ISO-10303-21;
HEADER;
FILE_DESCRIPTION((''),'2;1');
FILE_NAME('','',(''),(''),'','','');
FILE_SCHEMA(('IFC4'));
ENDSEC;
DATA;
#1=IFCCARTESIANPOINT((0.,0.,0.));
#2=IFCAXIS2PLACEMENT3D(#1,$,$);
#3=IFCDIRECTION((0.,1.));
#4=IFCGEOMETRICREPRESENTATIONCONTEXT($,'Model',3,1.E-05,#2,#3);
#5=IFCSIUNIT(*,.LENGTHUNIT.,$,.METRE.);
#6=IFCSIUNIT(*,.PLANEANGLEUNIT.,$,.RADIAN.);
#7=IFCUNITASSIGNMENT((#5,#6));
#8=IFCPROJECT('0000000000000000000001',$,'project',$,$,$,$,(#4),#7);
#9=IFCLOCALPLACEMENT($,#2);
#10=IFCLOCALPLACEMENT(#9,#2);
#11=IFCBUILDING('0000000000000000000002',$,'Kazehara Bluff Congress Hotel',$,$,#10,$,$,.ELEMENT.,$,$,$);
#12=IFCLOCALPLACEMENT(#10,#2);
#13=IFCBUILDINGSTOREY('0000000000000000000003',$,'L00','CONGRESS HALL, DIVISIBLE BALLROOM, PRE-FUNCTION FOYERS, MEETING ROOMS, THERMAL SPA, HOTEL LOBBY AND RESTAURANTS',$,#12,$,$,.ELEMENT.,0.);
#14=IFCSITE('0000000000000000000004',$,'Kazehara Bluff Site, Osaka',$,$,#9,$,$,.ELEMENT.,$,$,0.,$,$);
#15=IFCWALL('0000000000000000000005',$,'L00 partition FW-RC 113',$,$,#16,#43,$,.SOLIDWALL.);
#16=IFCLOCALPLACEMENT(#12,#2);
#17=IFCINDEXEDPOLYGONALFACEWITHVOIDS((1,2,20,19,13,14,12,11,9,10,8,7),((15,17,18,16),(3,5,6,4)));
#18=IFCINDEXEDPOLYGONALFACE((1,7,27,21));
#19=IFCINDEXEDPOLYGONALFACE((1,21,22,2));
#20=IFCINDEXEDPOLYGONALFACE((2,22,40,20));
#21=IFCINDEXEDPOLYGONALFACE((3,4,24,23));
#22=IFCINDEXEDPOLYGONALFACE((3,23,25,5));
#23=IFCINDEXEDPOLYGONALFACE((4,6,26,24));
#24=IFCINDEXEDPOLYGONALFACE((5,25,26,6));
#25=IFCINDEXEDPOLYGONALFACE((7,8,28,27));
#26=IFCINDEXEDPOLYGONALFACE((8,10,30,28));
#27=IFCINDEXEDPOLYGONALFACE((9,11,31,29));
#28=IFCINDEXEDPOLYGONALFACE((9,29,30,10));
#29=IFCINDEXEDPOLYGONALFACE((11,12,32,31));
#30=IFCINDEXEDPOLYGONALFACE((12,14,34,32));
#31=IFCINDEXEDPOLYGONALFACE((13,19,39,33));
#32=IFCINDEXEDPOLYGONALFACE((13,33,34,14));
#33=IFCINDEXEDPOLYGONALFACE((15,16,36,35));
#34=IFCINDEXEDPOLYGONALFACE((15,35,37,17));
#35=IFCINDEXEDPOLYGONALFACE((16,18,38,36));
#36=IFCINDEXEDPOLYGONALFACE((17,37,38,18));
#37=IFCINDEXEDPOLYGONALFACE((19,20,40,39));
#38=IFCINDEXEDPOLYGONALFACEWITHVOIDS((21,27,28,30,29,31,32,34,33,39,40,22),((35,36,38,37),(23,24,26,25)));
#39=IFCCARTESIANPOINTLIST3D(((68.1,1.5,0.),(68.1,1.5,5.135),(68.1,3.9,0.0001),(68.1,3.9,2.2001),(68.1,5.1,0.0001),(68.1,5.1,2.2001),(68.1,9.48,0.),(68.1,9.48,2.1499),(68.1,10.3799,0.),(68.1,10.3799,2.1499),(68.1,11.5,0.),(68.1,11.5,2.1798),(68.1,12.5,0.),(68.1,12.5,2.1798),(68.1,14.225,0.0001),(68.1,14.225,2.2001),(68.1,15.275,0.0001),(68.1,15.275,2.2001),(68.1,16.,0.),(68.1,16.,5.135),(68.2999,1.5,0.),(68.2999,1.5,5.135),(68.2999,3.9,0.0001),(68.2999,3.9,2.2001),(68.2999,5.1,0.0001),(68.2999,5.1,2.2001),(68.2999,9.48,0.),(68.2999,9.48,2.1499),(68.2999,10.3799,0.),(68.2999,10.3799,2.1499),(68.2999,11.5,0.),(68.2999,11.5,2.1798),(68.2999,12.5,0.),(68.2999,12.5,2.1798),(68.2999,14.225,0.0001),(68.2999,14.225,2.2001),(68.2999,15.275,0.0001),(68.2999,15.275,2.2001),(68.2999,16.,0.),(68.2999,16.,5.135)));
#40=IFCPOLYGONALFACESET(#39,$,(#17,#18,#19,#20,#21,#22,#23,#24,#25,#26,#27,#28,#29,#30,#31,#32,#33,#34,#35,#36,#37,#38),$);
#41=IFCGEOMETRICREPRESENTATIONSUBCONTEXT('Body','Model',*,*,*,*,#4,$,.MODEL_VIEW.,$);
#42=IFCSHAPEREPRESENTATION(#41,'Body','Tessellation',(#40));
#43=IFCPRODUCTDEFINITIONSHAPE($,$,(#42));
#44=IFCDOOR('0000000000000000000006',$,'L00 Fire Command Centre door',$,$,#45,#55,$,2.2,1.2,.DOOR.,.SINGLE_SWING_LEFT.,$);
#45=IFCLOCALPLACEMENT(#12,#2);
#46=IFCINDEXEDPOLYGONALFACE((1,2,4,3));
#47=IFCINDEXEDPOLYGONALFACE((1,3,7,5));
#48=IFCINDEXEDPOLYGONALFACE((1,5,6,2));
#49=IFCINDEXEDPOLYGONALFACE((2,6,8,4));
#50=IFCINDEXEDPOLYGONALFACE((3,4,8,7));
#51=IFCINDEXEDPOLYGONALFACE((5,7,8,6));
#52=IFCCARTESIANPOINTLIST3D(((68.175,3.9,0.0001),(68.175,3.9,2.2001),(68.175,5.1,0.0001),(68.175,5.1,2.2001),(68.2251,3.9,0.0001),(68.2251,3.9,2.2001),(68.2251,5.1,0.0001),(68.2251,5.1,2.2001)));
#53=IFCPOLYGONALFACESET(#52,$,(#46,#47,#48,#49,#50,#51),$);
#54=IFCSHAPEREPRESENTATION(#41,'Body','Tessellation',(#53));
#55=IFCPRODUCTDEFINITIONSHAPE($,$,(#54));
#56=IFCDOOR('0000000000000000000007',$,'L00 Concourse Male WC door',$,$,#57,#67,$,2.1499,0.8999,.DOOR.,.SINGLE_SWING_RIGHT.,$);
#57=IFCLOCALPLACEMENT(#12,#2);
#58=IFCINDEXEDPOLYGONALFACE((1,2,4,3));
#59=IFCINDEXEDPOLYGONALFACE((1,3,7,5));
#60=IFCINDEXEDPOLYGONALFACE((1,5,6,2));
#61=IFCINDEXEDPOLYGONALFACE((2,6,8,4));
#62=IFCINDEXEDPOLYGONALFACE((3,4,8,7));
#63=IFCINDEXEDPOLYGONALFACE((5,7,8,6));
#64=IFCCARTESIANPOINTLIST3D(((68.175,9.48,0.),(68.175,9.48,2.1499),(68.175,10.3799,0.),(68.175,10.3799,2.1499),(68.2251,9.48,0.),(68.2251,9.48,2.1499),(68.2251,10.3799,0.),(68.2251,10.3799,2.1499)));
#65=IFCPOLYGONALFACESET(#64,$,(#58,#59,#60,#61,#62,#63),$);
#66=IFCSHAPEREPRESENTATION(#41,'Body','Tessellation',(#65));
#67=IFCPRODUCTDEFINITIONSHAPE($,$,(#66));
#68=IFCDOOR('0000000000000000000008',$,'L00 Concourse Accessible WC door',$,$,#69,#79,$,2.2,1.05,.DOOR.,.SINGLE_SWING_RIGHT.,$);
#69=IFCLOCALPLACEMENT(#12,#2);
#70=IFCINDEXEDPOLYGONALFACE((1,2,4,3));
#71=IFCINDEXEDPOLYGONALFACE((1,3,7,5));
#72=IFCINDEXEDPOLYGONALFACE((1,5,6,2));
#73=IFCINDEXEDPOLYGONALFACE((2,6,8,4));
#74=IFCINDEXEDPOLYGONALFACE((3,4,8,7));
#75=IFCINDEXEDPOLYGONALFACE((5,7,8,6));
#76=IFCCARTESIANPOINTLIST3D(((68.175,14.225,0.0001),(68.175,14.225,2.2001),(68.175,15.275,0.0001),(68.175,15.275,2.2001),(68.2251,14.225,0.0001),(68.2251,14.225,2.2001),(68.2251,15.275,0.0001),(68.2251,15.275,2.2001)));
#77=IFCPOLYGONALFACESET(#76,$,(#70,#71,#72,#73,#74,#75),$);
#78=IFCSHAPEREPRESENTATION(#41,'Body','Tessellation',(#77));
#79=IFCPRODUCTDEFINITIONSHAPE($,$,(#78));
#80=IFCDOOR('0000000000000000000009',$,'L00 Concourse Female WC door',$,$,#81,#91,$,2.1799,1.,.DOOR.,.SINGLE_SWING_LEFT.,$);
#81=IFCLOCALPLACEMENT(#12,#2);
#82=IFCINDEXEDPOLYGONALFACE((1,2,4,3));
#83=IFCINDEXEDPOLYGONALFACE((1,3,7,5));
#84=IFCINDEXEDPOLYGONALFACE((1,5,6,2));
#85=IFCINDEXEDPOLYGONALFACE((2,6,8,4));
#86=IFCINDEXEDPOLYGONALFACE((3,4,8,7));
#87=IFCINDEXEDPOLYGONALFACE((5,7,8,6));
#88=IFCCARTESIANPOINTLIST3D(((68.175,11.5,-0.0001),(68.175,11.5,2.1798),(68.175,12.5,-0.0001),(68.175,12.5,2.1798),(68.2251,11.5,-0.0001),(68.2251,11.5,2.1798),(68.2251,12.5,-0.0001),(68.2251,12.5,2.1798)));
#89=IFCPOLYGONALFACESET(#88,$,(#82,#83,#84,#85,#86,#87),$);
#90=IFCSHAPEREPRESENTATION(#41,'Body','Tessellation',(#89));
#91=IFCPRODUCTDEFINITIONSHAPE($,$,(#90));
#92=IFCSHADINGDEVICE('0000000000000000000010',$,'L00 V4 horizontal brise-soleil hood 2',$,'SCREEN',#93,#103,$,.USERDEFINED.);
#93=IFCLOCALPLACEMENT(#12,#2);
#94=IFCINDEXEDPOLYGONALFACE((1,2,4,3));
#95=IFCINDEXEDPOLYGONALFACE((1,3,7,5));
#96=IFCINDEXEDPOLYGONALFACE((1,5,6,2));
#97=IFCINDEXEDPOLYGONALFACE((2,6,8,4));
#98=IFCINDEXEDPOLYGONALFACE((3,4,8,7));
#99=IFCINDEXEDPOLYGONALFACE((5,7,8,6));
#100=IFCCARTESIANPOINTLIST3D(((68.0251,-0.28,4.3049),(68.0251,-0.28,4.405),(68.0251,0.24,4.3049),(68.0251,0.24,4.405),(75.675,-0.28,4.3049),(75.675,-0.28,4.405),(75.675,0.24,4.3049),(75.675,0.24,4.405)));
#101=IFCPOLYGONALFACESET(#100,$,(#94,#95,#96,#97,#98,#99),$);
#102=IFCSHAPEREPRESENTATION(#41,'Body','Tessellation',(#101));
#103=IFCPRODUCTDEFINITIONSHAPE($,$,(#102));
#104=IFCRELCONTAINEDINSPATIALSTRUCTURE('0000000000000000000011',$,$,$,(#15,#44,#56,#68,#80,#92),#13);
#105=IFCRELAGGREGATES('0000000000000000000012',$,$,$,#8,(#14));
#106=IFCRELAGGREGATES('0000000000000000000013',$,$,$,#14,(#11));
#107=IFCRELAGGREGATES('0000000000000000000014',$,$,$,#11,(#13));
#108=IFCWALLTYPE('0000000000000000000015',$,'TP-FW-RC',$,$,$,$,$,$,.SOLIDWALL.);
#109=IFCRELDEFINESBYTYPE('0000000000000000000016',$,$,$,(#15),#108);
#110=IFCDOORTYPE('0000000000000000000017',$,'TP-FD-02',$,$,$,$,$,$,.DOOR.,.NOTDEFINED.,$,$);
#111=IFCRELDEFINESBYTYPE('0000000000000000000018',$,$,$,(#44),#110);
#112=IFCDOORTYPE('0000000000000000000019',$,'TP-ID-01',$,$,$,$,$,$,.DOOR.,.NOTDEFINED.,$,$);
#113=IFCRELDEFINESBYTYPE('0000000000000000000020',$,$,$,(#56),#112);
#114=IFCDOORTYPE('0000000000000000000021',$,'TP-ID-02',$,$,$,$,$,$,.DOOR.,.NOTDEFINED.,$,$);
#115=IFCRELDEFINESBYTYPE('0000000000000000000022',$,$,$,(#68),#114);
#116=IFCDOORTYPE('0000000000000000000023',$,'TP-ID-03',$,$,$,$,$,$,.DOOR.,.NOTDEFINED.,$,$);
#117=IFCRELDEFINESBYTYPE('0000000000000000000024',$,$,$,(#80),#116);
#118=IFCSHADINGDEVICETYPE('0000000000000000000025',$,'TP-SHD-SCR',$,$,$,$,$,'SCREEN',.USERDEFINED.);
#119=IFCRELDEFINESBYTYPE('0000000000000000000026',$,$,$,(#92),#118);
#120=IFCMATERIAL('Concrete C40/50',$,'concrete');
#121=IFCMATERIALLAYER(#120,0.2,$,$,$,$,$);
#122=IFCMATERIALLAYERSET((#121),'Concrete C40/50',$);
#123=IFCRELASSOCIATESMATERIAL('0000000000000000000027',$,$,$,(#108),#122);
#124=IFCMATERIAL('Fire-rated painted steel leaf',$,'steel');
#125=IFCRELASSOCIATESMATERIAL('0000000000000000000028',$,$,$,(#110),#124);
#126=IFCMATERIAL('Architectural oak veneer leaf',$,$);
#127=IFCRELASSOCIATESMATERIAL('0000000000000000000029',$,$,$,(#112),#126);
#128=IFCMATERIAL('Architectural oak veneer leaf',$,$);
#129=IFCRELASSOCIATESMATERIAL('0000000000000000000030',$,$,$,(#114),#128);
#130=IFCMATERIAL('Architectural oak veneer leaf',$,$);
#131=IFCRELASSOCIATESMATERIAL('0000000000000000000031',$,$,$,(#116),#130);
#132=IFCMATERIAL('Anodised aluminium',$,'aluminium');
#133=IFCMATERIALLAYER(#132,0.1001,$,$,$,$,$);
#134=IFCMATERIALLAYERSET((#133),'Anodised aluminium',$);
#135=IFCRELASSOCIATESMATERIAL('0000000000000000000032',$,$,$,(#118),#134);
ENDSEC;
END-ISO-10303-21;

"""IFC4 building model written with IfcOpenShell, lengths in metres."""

from ifc_helpers import new_model, si_unit, direction, frame, frame_2d, origin, origin_2d, place, context, subcontext, project, spatial, rectangle, extrude, material, layer, layer_set, type_object, element, fill, save


model = new_model("IFC4")

# Units and contexts
model_context = context("Model", 3, precision=1e-05, world=origin(), true_north=direction((0.0, 1.0)))
body_context = subcontext(model_context, "Body", "Model", "MODEL_VIEW")
ifc_project = project(units=[si_unit("LENGTHUNIT", "METRE"), si_unit("PLANEANGLEUNIT", "RADIAN")], contexts=[model_context])

# Site, building, storey
site_placement = place(None, origin())
site = spatial("IfcSite", under=ifc_project, at=site_placement, Name="Kazehara Bluff Site, Osaka", CompositionType="ELEMENT", RefElevation=0.0)
building_placement = place(site_placement, origin())
building = spatial("IfcBuilding", under=site, at=building_placement, Name="Kazehara Bluff Congress Hotel", CompositionType="ELEMENT")
storey_placement = place(building_placement, origin())
storey = spatial("IfcBuildingStorey", under=building, at=storey_placement, Name="L00", Description="CONGRESS HALL, DIVISIBLE BALLROOM, PRE-FUNCTION FOYERS, MEETING ROOMS, THERMAL SPA, HOTEL LOBBY AND RESTAURANTS", CompositionType="ELEMENT", Elevation=0.0)

# Wall, openings, doors
ifc_material_1 = material(Name="Concrete C40/50", Category="concrete")
ifc_layer_1 = layer(ifc_material_1, 0.2)
ifc_layer_set_1 = layer_set([ifc_layer_1], Name="Concrete C40/50")
wall_type = type_object("IfcWallType", Name="TP-FW-RC", PredefinedType="SOLIDWALL", material=ifc_layer_set_1)
wall_placement = place(storey_placement, frame((68.2, 1.5, 0.0), z_axis=(0.0, 0.0, 1.0), x_axis=(0.0, 1.0, 0.0)))
wall = element("IfcWall", 1, at=wall_placement, inside=storey, type_object=wall_type, Name="L00 partition FW-RC 113", PredefinedType="SOLIDWALL", context=body_context, shape_type="SweptSolid", body=[
    extrude(rectangle(XDim=14.5, YDim=0.2, at=frame_2d((7.25, 0.0))), origin(), (0.0, 0.0, 1.0), 5.135),
])
opening_1_placement = place(wall_placement, frame((2.3999, 0.0, 0.0)))
opening_1 = element("IfcOpeningElement", 2, at=opening_1_placement, cuts=wall, PredefinedType="OPENING", context=body_context, shape_type="SweptSolid", body=[
    extrude(rectangle(XDim=1.2, YDim=2.2, at=frame_2d((0.6001, 1.1001))), frame((0.0, 0.1099, 0.0), z_axis=(0.0, -1.0, 0.0), x_axis=(1.0, 0.0, 0.0)), (0.0, 0.0, 1.0), 0.22),
])
opening_2_placement = place(wall_placement, frame((7.98, 0.0, 0.0)))
opening_2 = element("IfcOpeningElement", 3, at=opening_2_placement, cuts=wall, PredefinedType="OPENING", context=body_context, shape_type="SweptSolid", body=[
    extrude(rectangle(XDim=0.8999, YDim=2.1499, at=frame_2d((0.45, 1.075))), frame((0.0, 0.1099, 0.0), z_axis=(0.0, -1.0, 0.0), x_axis=(1.0, 0.0, 0.0)), (0.0, 0.0, 1.0), 0.22),
])
opening_3_placement = place(wall_placement, frame((10.0, 0.0, 0.0)))
opening_3 = element("IfcOpeningElement", 4, at=opening_3_placement, cuts=wall, PredefinedType="OPENING", context=body_context, shape_type="SweptSolid", body=[
    extrude(rectangle(XDim=1.0, YDim=2.1799, at=frame_2d((0.5, 1.0898))), frame((0.0, 0.1099, 0.0), z_axis=(0.0, -1.0, 0.0), x_axis=(1.0, 0.0, 0.0)), (0.0, 0.0, 1.0), 0.22),
])
opening_4_placement = place(wall_placement, frame((12.7251, 0.0, 0.0)))
opening_4 = element("IfcOpeningElement", 5, at=opening_4_placement, cuts=wall, PredefinedType="OPENING", context=body_context, shape_type="SweptSolid", body=[
    extrude(rectangle(XDim=1.05, YDim=2.2, at=frame_2d((0.5249, 1.1001))), frame((0.0, 0.1099, 0.0), z_axis=(0.0, -1.0, 0.0), x_axis=(1.0, 0.0, 0.0)), (0.0, 0.0, 1.0), 0.22),
])
ifc_material_2 = material(Name="Fire-rated painted steel leaf", Category="steel")
door_type_1 = type_object("IfcDoorType", Name="TP-FD-02", OperationType="NOTDEFINED", PredefinedType="DOOR", material=ifc_material_2)
door_1_placement = place(opening_1_placement, origin())
door_1 = element("IfcDoor", 6, at=door_1_placement, inside=storey, type_object=door_type_1, Name="L00 Fire Command Centre door", OperationType="SINGLE_SWING_LEFT", OverallHeight=2.2, OverallWidth=1.2, PredefinedType="DOOR", context=body_context, shape_type="SweptSolid", body=[
    extrude(rectangle(XDim=1.2, YDim=2.2, at=frame_2d((0.6001, 1.1001))), frame((0.0, 0.0249, 0.0), z_axis=(0.0, -1.0, 0.0), x_axis=(1.0, 0.0, 0.0)), (0.0, 0.0, 1.0), 0.05),
])
fill(opening_1, door_1)
ifc_material_3 = material(Name="Architectural oak veneer leaf")
door_type_2 = type_object("IfcDoorType", Name="TP-ID-01", OperationType="NOTDEFINED", PredefinedType="DOOR", material=ifc_material_3)
door_2_placement = place(opening_2_placement, origin())
door_2 = element("IfcDoor", 7, at=door_2_placement, inside=storey, type_object=door_type_2, Name="L00 Concourse Male WC door", OperationType="SINGLE_SWING_RIGHT", OverallHeight=2.1499, OverallWidth=0.8999, PredefinedType="DOOR", context=body_context, shape_type="SweptSolid", body=[
    extrude(rectangle(XDim=0.8999, YDim=2.1499, at=frame_2d((0.45, 1.075))), frame((0.0, 0.0249, 0.0), z_axis=(0.0, -1.0, 0.0), x_axis=(1.0, 0.0, 0.0)), (0.0, 0.0, 1.0), 0.05),
])
fill(opening_2, door_2)
ifc_material_4 = material(Name="Architectural oak veneer leaf")
door_type_3 = type_object("IfcDoorType", Name="TP-ID-02", OperationType="NOTDEFINED", PredefinedType="DOOR", material=ifc_material_4)
door_3_placement = place(opening_4_placement, origin())
door_3 = element("IfcDoor", 8, at=door_3_placement, inside=storey, type_object=door_type_3, Name="L00 Concourse Accessible WC door", OperationType="SINGLE_SWING_RIGHT", OverallHeight=2.2, OverallWidth=1.05, PredefinedType="DOOR", context=body_context, shape_type="SweptSolid", body=[
    extrude(rectangle(XDim=1.05, YDim=2.2, at=frame_2d((0.5249, 1.1001))), frame((0.0, 0.0249, 0.0), z_axis=(0.0, -1.0, 0.0), x_axis=(1.0, 0.0, 0.0)), (0.0, 0.0, 1.0), 0.05),
])
fill(opening_4, door_3)
ifc_material_5 = material(Name="Architectural oak veneer leaf")
door_type_4 = type_object("IfcDoorType", Name="TP-ID-03", OperationType="NOTDEFINED", PredefinedType="DOOR", material=ifc_material_5)
door_4_placement = place(opening_3_placement, origin())
door_4 = element("IfcDoor", 9, at=door_4_placement, inside=storey, type_object=door_type_4, Name="L00 Concourse Female WC door", OperationType="SINGLE_SWING_LEFT", OverallHeight=2.1799, OverallWidth=1.0, PredefinedType="DOOR", context=body_context, shape_type="SweptSolid", body=[
    extrude(rectangle(XDim=1.0, YDim=2.1799, at=frame_2d((0.5, 1.0898))), frame((0.0, 0.0249, 0.0), z_axis=(0.0, -1.0, 0.0), x_axis=(1.0, 0.0, 0.0)), (0.0, 0.0, 1.0), 0.05),
])
fill(opening_3, door_4)

# Shading device
ifc_material_6 = material(Name="Anodised aluminium", Category="aluminium")
ifc_layer_2 = layer(ifc_material_6, 0.1001)
ifc_layer_set_2 = layer_set([ifc_layer_2], Name="Anodised aluminium")
shading_device_type = type_object("IfcShadingDeviceType", Name="TP-SHD-SCR", ElementType="SCREEN", PredefinedType="USERDEFINED", material=ifc_layer_set_2)
shading_device_placement = place(storey_placement, frame((71.8501, -0.02, 4.3049), z_axis=(0.0, 0.0, 1.0), x_axis=(1.0, 0.0, 0.0)))
element("IfcShadingDevice", 10, at=shading_device_placement, inside=storey, type_object=shading_device_type, Name="L00 V4 horizontal brise-soleil hood 2", ObjectType="SCREEN", PredefinedType="USERDEFINED", context=body_context, shape_type="SweptSolid", body=[
    extrude(rectangle(XDim=7.6499, YDim=0.52, at=origin_2d()), origin(), (0.0, 0.0, 1.0), 0.1001),
])

save(model, "model.ifc")
